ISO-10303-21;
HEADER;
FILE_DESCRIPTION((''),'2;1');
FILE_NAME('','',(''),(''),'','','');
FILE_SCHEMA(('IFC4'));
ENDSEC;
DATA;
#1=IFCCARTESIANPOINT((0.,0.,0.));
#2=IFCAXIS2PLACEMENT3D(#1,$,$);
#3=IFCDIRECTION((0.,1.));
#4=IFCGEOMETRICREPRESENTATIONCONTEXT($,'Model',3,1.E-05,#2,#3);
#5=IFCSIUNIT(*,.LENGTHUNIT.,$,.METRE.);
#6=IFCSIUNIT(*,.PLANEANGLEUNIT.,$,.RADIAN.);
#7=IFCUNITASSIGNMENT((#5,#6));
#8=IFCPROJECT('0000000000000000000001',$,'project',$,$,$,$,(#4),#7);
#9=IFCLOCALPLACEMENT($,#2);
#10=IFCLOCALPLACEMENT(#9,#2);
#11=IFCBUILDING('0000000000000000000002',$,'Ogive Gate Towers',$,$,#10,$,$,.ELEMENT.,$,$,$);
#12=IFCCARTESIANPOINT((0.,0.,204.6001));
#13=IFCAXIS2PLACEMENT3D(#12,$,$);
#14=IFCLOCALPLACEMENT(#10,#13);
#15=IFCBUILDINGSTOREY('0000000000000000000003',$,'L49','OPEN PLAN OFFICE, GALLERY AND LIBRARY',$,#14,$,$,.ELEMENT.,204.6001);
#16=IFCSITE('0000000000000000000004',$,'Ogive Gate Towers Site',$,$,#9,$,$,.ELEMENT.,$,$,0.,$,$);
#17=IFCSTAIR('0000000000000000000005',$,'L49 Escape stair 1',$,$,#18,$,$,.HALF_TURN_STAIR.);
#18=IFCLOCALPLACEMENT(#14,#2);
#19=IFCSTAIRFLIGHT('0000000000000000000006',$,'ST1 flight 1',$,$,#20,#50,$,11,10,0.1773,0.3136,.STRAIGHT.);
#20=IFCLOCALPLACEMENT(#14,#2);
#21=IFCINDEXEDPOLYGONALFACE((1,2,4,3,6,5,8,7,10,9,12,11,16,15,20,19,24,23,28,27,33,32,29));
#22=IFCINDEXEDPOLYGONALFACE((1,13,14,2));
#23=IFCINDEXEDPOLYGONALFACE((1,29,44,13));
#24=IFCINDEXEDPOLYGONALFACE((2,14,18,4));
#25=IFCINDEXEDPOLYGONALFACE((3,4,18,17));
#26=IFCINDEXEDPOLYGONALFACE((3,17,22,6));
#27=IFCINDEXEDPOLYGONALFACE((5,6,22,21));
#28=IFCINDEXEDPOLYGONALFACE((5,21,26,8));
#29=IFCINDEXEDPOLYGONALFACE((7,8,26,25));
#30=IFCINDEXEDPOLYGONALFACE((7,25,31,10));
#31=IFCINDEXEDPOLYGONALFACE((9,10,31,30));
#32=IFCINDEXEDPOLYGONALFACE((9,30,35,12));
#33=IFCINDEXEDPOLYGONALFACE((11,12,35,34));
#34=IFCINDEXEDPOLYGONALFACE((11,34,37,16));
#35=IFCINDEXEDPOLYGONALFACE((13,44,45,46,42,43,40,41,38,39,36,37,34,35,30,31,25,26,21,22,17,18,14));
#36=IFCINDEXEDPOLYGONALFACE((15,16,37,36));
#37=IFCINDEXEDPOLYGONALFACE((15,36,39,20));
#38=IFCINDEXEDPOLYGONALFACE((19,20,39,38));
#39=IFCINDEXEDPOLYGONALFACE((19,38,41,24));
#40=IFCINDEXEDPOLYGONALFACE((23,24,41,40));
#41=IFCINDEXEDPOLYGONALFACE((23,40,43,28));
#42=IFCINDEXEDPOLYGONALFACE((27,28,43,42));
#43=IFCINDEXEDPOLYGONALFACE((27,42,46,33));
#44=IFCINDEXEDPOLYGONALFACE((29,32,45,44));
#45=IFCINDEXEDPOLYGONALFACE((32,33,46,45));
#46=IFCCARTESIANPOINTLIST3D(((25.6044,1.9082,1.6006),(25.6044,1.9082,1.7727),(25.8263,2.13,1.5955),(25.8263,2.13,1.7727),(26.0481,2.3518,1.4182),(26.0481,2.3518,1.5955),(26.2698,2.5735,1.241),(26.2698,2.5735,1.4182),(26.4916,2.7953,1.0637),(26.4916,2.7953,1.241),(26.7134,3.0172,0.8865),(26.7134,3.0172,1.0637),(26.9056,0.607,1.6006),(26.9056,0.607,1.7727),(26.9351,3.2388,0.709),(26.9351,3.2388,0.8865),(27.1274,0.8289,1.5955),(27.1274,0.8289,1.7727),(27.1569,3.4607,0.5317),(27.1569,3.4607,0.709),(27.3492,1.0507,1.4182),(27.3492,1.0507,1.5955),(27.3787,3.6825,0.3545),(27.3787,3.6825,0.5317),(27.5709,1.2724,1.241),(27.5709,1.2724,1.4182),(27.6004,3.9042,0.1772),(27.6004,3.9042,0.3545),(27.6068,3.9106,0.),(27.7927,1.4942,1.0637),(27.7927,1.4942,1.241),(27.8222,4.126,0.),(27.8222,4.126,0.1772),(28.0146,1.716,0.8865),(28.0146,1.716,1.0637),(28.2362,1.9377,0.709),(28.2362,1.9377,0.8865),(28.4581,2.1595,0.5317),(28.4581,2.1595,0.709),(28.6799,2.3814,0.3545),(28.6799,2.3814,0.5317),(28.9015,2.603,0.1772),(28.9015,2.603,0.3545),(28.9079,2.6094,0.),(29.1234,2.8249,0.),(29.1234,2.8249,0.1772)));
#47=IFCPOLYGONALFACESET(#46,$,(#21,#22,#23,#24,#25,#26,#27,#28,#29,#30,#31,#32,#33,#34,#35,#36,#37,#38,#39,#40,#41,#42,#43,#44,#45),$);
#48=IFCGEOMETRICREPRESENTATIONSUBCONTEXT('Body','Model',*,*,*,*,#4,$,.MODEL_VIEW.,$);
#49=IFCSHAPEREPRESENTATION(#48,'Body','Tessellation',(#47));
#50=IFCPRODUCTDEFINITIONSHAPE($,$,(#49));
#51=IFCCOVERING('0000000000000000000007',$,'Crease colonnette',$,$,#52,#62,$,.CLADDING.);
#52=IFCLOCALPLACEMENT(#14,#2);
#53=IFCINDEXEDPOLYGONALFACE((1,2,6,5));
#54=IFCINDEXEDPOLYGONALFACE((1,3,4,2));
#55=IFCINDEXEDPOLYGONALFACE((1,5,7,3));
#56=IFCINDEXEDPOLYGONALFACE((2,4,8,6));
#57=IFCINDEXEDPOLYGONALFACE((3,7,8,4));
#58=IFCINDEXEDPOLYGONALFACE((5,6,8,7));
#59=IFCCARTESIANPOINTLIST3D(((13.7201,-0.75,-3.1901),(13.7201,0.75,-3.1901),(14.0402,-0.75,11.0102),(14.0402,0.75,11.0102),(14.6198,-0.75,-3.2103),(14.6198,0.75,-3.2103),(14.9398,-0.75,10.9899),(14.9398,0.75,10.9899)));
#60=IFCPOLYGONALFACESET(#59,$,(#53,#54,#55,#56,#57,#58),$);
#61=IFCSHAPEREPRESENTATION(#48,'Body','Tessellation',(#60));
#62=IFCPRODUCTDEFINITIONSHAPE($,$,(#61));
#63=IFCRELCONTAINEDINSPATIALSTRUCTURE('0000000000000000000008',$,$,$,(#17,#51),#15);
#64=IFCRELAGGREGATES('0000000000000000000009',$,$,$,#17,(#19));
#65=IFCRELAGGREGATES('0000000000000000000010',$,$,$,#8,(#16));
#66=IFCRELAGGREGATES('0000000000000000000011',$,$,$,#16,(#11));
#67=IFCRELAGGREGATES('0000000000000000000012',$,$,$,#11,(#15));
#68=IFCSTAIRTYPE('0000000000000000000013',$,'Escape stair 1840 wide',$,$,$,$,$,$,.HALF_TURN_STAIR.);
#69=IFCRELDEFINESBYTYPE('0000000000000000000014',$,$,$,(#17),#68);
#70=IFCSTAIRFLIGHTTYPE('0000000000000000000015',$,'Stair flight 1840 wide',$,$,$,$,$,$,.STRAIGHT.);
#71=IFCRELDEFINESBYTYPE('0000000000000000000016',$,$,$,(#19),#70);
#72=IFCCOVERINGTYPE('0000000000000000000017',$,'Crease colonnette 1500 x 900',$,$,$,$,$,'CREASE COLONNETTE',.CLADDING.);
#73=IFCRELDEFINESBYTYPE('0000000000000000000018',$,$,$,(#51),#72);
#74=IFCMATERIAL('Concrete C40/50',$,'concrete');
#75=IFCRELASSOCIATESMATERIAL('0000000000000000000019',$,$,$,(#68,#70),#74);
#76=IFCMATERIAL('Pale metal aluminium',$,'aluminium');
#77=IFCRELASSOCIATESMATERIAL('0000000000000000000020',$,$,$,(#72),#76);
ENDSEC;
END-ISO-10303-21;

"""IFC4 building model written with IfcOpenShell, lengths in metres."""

from ifc_helpers import new_model, si_unit, direction, frame, origin, origin_2d, place, context, subcontext, project, spatial, polyline, rectangle, outline, extrude, material, material_profile, profile_set, type_object, element, aggregate, save


model = new_model("IFC4")

# Units and contexts
model_context = context("Model", 3, precision=1e-05, world=origin(), true_north=direction((0.0, 1.0)))
body_context = subcontext(model_context, "Body", "Model", "MODEL_VIEW")
ifc_project = project(units=[si_unit("LENGTHUNIT", "METRE"), si_unit("PLANEANGLEUNIT", "RADIAN")], contexts=[model_context])

# Site, building, storey
site_placement = place(None, origin())
site = spatial("IfcSite", under=ifc_project, at=site_placement, Name="Ogive Gate Towers Site", CompositionType="ELEMENT", RefElevation=0.0)
building_placement = place(site_placement, origin())
building = spatial("IfcBuilding", under=site, at=building_placement, Name="Ogive Gate Towers", CompositionType="ELEMENT")
storey_placement = place(building_placement, frame((0.0, 0.0, 204.6001)))
storey = spatial("IfcBuildingStorey", under=building, at=storey_placement, Name="L49", Description="OPEN PLAN OFFICE, GALLERY AND LIBRARY", CompositionType="ELEMENT", Elevation=204.6001)

# Shared definitions
ifc_material_1 = material(Name="Concrete C40/50", Category="concrete")

# Stair, stair flight
stair_type = type_object("IfcStairType", Name="Escape stair 1840 wide", PredefinedType="HALF_TURN_STAIR", material=ifc_material_1)
stair_placement = place(storey_placement, origin())
stair = element("IfcStair", 1, at=stair_placement, inside=storey, type_object=stair_type, Name="L49 Escape stair 1", PredefinedType="HALF_TURN_STAIR")
stair_flight_type = type_object("IfcStairFlightType", Name="Stair flight 1840 wide", PredefinedType="STRAIGHT", material=ifc_material_1)
stair_flight_placement = place(storey_placement, frame((28.4729, 3.4753, 0.0), z_axis=(0.0, 0.0, 1.0), x_axis=(-0.707107, -0.707107, 0.0)))
stair_flight = element("IfcStairFlight", 2, at=stair_flight_placement, type_object=stair_flight_type, Name="ST1 flight 1", NumberOfRisers=11, NumberOfTreads=10, PredefinedType="STRAIGHT", RiserHeight=0.1773, TreadLength=0.3136, context=body_context, shape_type="SweptSolid", body=[
    extrude(outline(polyline([(0.0, 0.0), (0.0, 0.1772), (0.3137, 0.1772), (0.3137, 0.3545), (0.6272, 0.3545), (0.6272, 0.5317), (0.9409, 0.5317), (0.9409, 0.709), (1.2546, 0.709), (1.2546, 0.8865), (1.5681, 0.8865), (1.5681, 1.0637), (1.8818, 1.0637), (1.8818, 1.241), (2.1956, 1.241), (2.1956, 1.4182), (2.509, 1.4182), (2.509, 1.5955), (2.8228, 1.5955), (2.8228, 1.7727), (3.1365, 1.7727), (3.1365, 1.95), (3.1365, 1.6006), (0.3047, 0.0), (0.0, 0.0)])), frame((0.0, 0.9199, 0.0), z_axis=(0.0, -1.0, 0.0), x_axis=(1.0, 0.0, 0.0)), (0.0, 0.0, 1.0), 1.8401),
])
aggregate(stair, [stair_flight])

# Covering
ifc_material_2 = material(Name="Pale metal aluminium", Category="aluminium")
ifc_material_profile_1 = material_profile(ifc_material_2, rectangle(XDim=1.5, YDim=0.8999, at=origin_2d()), Name="1500 x 900 pale metal aluminium")
ifc_profile_set_1 = profile_set([ifc_material_profile_1], Name="Pale metal aluminium")
covering_type = type_object("IfcCoveringType", Name="Crease colonnette 1500 x 900", ElementType="CREASE COLONNETTE", PredefinedType="CLADDING", material=ifc_profile_set_1)
covering_placement = place(storey_placement, frame((14.1699, 0.0, -3.2002), z_axis=(0.022534, 0.0, 0.999746), x_axis=(0.0, 1.0, 0.0)))
element("IfcCovering", 3, at=covering_placement, inside=storey, type_object=covering_type, Name="Crease colonnette", PredefinedType="CLADDING", context=body_context, shape_type="SweptSolid", body=[
    extrude(rectangle(XDim=1.5, YDim=0.8999, at=origin_2d()), origin(), (0.0, 0.0, 1.0), 14.2039),
])

save(model, "model.ifc")
